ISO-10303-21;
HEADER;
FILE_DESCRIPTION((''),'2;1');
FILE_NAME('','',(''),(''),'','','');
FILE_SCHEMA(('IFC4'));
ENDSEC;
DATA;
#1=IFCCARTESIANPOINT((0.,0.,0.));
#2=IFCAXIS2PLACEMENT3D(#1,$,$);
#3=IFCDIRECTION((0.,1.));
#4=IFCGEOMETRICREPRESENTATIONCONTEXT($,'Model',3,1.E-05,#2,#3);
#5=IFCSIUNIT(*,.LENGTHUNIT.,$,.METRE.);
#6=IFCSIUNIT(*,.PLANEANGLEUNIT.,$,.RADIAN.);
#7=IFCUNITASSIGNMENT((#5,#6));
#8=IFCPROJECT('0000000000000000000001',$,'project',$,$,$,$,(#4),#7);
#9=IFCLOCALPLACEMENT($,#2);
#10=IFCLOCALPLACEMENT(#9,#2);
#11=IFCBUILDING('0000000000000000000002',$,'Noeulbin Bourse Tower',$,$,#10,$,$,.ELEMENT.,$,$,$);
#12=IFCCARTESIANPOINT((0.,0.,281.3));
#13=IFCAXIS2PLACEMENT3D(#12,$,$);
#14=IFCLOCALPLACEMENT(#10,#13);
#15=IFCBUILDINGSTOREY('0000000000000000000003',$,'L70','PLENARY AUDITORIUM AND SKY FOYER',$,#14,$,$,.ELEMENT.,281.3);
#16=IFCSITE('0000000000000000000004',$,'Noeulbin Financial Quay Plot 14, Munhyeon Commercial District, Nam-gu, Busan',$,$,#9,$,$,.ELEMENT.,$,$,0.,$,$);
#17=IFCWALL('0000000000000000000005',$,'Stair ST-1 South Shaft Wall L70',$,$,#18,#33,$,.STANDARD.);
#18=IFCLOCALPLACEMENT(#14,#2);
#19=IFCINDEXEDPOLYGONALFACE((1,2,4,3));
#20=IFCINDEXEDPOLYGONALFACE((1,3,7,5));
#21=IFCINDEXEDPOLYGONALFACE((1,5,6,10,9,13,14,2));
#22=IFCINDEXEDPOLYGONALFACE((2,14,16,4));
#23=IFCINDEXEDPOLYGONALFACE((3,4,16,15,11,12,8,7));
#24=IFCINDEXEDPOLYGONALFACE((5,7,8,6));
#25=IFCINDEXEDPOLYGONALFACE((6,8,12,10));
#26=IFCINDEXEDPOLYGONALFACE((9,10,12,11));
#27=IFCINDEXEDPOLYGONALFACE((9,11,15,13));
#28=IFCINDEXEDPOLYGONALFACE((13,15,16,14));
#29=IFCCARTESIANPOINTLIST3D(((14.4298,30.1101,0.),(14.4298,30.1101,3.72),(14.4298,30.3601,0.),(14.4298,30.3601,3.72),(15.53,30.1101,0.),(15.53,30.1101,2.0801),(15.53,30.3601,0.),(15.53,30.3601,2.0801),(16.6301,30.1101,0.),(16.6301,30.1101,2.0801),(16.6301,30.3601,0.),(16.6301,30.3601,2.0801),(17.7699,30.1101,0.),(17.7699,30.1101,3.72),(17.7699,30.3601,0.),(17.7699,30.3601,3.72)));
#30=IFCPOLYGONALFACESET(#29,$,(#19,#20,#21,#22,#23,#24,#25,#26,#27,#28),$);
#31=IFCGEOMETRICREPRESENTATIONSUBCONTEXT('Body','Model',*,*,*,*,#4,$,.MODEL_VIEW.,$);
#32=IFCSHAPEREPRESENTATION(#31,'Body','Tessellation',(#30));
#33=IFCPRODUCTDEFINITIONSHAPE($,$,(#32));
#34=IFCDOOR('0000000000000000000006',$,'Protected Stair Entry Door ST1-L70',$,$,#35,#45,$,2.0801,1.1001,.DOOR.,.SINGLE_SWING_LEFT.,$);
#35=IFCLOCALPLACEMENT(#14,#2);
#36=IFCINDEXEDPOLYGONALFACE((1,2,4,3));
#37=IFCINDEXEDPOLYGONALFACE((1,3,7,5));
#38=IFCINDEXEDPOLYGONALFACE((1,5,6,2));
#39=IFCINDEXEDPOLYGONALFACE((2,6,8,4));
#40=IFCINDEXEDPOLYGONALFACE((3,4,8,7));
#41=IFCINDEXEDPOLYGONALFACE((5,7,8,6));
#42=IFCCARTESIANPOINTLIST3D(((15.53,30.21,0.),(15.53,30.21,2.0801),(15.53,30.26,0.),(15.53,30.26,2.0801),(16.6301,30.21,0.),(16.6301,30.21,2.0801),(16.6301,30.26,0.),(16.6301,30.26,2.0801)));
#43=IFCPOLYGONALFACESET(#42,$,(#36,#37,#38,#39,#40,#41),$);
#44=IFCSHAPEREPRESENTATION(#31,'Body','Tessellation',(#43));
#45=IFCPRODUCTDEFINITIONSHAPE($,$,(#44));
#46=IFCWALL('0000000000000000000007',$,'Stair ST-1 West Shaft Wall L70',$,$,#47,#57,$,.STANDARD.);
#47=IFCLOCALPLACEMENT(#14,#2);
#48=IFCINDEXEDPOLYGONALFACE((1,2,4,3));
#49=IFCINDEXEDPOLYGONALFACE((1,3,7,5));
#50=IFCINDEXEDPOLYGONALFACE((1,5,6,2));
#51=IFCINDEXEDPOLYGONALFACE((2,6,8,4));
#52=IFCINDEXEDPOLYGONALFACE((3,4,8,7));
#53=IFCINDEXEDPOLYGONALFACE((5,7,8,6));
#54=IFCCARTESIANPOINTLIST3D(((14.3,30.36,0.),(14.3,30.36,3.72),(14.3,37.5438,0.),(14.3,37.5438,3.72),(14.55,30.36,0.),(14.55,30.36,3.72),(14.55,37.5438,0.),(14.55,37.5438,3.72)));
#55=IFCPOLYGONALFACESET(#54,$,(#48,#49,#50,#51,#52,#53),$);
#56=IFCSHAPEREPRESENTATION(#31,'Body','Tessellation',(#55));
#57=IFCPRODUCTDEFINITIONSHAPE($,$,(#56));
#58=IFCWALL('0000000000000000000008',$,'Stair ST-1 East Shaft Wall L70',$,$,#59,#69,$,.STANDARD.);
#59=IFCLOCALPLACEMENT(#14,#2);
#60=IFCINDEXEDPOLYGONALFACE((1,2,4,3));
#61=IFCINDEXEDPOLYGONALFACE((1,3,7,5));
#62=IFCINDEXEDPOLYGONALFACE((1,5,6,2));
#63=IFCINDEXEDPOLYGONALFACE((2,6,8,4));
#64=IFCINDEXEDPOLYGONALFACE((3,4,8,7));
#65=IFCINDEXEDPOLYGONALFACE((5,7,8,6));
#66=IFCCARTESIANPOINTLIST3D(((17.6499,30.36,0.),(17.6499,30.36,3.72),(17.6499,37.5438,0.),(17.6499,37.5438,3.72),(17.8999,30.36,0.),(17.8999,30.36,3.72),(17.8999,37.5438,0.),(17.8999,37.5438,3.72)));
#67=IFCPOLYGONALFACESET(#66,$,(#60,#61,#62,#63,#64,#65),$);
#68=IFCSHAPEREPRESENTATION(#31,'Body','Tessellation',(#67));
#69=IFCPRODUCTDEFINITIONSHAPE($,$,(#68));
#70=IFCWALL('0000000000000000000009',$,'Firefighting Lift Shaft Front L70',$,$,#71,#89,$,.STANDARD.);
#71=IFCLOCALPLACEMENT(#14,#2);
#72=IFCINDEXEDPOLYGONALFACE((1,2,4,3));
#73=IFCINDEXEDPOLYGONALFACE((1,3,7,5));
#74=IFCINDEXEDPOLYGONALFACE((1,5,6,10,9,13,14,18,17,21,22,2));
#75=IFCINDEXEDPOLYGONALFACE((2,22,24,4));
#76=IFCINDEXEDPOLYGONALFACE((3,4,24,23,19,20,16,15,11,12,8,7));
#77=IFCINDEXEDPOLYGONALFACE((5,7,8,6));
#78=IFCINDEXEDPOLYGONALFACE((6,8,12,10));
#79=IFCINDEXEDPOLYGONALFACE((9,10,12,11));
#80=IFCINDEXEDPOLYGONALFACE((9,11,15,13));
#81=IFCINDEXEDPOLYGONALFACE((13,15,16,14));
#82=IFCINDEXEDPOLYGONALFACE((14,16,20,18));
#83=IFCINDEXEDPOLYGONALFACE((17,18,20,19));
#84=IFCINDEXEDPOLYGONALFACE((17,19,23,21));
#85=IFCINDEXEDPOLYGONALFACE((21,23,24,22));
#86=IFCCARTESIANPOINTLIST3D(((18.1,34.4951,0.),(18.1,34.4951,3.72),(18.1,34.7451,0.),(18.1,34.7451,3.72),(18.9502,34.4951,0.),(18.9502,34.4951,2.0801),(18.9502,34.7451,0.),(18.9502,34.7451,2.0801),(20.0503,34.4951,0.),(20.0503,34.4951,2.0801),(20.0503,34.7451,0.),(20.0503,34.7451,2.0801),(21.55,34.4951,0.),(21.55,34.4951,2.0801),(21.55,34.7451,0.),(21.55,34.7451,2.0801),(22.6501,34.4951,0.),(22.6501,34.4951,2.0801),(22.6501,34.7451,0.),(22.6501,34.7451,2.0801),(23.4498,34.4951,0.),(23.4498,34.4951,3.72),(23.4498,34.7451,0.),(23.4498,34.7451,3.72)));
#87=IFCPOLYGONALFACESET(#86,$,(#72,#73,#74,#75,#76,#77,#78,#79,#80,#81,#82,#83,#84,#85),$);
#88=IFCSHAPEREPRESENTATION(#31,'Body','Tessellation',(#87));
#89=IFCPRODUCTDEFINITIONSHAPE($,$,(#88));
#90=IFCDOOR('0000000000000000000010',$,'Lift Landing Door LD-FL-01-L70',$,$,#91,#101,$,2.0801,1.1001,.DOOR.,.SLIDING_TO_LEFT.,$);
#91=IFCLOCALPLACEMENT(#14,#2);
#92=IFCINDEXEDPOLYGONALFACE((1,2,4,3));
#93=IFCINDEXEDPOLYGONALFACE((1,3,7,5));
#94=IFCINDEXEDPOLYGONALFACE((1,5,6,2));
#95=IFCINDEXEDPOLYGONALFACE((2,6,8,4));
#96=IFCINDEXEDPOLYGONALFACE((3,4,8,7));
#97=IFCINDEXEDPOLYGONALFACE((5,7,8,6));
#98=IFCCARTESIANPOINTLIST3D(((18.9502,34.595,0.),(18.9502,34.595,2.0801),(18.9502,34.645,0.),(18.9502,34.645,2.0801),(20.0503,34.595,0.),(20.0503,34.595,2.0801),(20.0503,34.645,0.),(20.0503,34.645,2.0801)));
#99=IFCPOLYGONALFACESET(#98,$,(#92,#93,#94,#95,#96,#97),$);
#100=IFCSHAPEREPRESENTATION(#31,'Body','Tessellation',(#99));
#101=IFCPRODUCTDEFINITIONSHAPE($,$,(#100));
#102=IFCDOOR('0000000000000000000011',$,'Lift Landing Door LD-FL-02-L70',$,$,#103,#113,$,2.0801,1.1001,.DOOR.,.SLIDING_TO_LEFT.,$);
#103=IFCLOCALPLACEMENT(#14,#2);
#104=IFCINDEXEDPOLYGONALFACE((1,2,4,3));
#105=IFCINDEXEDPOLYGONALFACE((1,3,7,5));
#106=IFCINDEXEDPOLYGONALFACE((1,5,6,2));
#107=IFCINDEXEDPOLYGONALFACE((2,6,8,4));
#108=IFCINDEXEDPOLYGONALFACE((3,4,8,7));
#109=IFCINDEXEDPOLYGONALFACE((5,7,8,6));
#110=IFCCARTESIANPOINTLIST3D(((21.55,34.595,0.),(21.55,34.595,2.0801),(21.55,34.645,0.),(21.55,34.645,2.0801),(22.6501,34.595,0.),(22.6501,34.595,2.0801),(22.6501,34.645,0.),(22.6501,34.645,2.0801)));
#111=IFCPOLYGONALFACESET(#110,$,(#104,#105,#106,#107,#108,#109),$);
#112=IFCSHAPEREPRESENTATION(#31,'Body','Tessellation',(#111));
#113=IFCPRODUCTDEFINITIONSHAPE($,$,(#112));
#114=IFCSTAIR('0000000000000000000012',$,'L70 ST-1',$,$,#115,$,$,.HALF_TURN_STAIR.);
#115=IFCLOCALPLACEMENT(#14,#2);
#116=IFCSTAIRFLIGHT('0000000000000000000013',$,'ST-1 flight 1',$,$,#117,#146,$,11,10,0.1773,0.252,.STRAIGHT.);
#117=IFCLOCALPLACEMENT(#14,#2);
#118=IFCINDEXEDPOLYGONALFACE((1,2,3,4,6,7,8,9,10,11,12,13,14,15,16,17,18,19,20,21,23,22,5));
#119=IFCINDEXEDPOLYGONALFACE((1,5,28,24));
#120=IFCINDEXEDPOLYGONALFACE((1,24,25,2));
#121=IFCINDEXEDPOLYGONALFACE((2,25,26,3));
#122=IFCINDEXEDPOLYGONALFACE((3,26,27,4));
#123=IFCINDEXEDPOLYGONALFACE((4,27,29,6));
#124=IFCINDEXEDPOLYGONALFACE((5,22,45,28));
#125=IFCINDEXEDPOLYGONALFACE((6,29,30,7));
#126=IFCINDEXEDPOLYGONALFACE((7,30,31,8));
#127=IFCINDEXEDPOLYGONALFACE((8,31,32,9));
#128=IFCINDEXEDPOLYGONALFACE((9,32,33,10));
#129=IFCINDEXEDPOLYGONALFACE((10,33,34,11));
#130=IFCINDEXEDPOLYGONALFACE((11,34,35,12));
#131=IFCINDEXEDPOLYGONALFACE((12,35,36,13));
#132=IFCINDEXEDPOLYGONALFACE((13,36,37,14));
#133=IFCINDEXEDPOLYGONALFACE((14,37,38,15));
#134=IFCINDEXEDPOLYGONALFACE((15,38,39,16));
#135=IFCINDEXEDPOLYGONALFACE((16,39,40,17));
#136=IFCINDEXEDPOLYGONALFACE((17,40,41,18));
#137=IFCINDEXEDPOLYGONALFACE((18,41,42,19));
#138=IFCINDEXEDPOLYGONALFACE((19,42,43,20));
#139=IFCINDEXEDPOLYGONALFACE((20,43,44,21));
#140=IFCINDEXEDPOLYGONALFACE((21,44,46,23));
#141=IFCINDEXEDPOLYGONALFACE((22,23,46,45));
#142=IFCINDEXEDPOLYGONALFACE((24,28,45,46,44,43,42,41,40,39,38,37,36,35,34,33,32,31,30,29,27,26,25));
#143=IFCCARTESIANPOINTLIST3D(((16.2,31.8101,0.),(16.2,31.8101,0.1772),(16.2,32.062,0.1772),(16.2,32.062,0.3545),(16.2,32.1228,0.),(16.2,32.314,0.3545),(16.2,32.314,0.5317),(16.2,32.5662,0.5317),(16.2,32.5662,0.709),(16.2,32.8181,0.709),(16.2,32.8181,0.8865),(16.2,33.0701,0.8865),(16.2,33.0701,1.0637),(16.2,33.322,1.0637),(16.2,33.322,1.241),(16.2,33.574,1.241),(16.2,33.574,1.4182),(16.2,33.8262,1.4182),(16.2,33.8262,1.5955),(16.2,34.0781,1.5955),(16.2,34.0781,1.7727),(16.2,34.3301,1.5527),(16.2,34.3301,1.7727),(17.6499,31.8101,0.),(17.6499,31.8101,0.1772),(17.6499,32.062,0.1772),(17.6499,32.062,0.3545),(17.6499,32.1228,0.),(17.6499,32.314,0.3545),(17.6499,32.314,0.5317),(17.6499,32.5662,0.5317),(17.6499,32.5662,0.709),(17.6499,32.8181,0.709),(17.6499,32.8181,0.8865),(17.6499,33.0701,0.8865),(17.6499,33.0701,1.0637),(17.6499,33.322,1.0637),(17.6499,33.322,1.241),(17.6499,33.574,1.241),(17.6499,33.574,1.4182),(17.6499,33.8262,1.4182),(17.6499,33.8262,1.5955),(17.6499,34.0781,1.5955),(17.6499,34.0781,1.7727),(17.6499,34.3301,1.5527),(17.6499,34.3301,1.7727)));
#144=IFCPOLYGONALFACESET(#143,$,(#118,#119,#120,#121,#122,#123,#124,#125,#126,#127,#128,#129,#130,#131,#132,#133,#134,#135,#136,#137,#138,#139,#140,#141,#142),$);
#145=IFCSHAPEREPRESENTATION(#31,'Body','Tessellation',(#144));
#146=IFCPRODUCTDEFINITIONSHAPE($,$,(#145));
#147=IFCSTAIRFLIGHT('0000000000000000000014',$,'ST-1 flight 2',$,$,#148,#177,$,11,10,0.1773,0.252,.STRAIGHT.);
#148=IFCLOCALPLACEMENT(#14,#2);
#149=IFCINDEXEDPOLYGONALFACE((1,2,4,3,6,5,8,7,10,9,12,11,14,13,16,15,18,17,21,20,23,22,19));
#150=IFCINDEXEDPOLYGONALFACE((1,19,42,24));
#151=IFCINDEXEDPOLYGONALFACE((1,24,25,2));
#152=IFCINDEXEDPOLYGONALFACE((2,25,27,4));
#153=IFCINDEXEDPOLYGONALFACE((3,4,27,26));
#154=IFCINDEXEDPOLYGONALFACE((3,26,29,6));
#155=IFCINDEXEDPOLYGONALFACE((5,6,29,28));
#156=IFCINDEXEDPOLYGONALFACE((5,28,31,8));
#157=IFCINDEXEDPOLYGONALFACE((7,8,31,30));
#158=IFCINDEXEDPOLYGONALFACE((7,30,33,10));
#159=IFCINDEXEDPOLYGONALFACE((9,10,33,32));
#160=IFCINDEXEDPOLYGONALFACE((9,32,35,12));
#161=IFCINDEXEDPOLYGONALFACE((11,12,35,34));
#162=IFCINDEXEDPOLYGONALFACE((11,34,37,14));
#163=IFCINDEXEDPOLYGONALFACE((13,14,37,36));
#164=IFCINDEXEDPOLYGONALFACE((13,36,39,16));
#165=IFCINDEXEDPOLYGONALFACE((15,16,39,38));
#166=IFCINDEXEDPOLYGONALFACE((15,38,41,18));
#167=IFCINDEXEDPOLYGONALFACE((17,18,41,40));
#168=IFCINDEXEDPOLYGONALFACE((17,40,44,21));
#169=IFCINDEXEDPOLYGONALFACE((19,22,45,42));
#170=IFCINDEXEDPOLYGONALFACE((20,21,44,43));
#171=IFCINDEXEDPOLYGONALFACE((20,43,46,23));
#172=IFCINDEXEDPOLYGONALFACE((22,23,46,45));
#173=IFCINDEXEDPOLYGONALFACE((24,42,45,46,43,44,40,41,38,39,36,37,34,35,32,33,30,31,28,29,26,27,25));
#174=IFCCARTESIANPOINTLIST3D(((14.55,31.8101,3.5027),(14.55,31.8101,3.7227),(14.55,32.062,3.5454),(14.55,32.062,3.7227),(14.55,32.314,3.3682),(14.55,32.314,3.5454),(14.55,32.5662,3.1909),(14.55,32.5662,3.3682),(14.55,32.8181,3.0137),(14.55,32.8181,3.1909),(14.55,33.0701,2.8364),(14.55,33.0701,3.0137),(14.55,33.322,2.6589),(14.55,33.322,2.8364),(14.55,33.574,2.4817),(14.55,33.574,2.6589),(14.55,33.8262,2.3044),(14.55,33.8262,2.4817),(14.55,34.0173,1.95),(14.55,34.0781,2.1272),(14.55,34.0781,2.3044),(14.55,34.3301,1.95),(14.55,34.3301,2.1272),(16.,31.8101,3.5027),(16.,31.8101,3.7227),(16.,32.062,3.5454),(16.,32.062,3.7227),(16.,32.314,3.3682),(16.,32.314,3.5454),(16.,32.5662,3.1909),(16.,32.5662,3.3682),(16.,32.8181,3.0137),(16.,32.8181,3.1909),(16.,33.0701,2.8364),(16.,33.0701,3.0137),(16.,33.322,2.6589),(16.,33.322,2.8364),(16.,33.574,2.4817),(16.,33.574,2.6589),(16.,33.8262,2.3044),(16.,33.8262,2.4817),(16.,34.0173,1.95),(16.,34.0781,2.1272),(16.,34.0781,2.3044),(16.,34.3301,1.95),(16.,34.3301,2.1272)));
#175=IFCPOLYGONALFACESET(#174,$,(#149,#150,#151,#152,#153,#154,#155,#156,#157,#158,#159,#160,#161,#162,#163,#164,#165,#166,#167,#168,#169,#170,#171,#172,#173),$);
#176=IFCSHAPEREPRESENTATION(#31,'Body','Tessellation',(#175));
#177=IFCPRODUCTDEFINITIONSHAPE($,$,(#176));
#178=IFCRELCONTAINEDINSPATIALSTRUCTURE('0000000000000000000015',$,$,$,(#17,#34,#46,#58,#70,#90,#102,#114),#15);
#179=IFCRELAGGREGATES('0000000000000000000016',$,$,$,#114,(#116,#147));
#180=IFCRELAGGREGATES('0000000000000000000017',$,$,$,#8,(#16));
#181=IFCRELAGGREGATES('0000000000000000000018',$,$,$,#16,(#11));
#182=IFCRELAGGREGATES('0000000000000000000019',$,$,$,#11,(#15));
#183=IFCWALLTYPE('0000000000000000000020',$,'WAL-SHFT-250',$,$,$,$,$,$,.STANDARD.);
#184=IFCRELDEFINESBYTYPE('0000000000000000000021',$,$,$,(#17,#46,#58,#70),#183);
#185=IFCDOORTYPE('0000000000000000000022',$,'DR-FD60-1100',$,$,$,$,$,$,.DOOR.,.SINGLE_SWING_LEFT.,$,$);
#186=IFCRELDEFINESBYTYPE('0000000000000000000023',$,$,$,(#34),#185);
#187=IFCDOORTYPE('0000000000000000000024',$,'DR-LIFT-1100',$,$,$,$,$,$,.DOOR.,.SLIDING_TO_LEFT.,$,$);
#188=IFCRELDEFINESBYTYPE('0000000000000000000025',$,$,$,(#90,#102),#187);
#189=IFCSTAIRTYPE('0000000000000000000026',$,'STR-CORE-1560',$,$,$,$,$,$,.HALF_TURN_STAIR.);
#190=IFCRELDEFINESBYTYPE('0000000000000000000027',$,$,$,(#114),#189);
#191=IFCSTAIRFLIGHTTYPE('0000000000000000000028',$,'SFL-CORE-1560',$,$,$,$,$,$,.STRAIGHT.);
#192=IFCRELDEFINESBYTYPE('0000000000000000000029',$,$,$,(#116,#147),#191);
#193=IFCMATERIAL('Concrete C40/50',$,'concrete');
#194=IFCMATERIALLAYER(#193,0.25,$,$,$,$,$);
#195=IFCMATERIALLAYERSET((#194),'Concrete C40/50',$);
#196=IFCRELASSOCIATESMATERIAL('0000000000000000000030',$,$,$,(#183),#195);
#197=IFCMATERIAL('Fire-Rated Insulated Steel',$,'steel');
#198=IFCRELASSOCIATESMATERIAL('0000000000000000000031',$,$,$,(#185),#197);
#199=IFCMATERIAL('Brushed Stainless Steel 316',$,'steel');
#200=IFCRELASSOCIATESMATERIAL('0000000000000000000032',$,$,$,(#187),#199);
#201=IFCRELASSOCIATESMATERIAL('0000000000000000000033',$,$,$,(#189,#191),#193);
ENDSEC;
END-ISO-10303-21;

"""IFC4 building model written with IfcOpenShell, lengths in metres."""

from ifc_helpers import new_model, si_unit, direction, frame, frame_2d, origin, place, context, subcontext, project, spatial, polyline, rectangle, outline, extrude, material, layer, layer_set, type_object, element, fill, aggregate, save


model = new_model("IFC4")

# Units and contexts
model_context = context("Model", 3, precision=1e-05, world=origin(), true_north=direction((0.0, 1.0)))
body_context = subcontext(model_context, "Body", "Model", "MODEL_VIEW")
ifc_project = project(units=[si_unit("LENGTHUNIT", "METRE"), si_unit("PLANEANGLEUNIT", "RADIAN")], contexts=[model_context])

# Site, building, storey
site_placement = place(None, origin())
site = spatial("IfcSite", under=ifc_project, at=site_placement, Name="Noeulbin Financial Quay Plot 14, Munhyeon Commercial District, Nam-gu, Busan", CompositionType="ELEMENT", RefElevation=0.0)
building_placement = place(site_placement, origin())
building = spatial("IfcBuilding", under=site, at=building_placement, Name="Noeulbin Bourse Tower", CompositionType="ELEMENT")
storey_placement = place(building_placement, frame((0.0, 0.0, 281.3)))
storey = spatial("IfcBuildingStorey", under=building, at=storey_placement, Name="L70", Description="PLENARY AUDITORIUM AND SKY FOYER", CompositionType="ELEMENT", Elevation=281.3)

# Shared definitions
ifc_material_1 = material(Name="Concrete C40/50", Category="concrete")

# Wall, opening, door
ifc_layer_1 = layer(ifc_material_1, 0.25)
ifc_layer_set_1 = layer_set([ifc_layer_1], Name="Concrete C40/50")
wall_type_1 = type_object("IfcWallType", Name="WAL-SHFT-250", PredefinedType="STANDARD", material=ifc_layer_set_1)
wall_1_placement = place(storey_placement, frame((14.4299, 30.2351, 0.0), z_axis=(0.0, 0.0, 1.0), x_axis=(1.0, 0.0, 0.0)))
wall_1 = element("IfcWall", 1, at=wall_1_placement, inside=storey, type_object=wall_type_1, Name="Stair ST-1 South Shaft Wall L70", PredefinedType="STANDARD", context=body_context, shape_type="SweptSolid", body=[
    extrude(rectangle(XDim=3.3401, YDim=0.25, at=frame_2d((1.6699, 0.0))), origin(), (0.0, 0.0, 1.0), 3.72),
])
opening_1_placement = place(wall_1_placement, frame((1.1001, 0.0, 0.0)))
opening_1 = element("IfcOpeningElement", 2, at=opening_1_placement, cuts=wall_1, PredefinedType="OPENING", context=body_context, shape_type="SweptSolid", body=[
    extrude(rectangle(XDim=1.1001, YDim=2.0801, at=frame_2d((0.55, 1.04))), frame((0.0, 0.135, 0.0), z_axis=(0.0, -1.0, 0.0), x_axis=(1.0, 0.0, 0.0)), (0.0, 0.0, 1.0), 0.27),
])
ifc_material_2 = material(Name="Fire-Rated Insulated Steel", Category="steel")
door_type_1 = type_object("IfcDoorType", Name="DR-FD60-1100", OperationType="SINGLE_SWING_LEFT", PredefinedType="DOOR", material=ifc_material_2)
door_1_placement = place(opening_1_placement, origin())
door_1 = element("IfcDoor", 3, at=door_1_placement, inside=storey, type_object=door_type_1, Name="Protected Stair Entry Door ST1-L70", OperationType="SINGLE_SWING_LEFT", OverallHeight=2.0801, OverallWidth=1.1001, PredefinedType="DOOR", context=body_context, shape_type="SweptSolid", body=[
    extrude(rectangle(XDim=1.1001, YDim=2.0801, at=frame_2d((0.55, 1.04))), frame((0.0, 0.0249, 0.0), z_axis=(0.0, -1.0, 0.0), x_axis=(1.0, 0.0, 0.0)), (0.0, 0.0, 1.0), 0.05),
])
fill(opening_1, door_1)

# Walls
for number, where, z_axis, x_axis, name in (
    (4, (14.425, 30.3601, 0.0), (0.0, 0.0, 1.0), (0.0, 1.0, 0.0), "Stair ST-1 West Shaft Wall L70"),
    (5, (17.7749, 30.3601, 0.0), (0.0, 0.0, 1.0), (0.0, 1.0, 0.0), "Stair ST-1 East Shaft Wall L70"),
):
    element("IfcWall", number, at=place(storey_placement, frame(where, z_axis=z_axis, x_axis=x_axis)), inside=storey, type_object=wall_type_1, Name=name, PredefinedType="STANDARD", context=body_context, shape_type="SweptSolid", body=[
        extrude(rectangle(XDim=7.1838, YDim=0.25, at=frame_2d((3.5918, 0.0))), origin(), (0.0, 0.0, 1.0), 3.72),
    ])

# Wall, openings, doors
wall_2_placement = place(storey_placement, frame((18.1001, 34.6201, 0.0), z_axis=(0.0, 0.0, 1.0), x_axis=(1.0, 0.0, 0.0)))
wall_2 = element("IfcWall", 6, at=wall_2_placement, inside=storey, type_object=wall_type_1, Name="Firefighting Lift Shaft Front L70", PredefinedType="STANDARD", context=body_context, shape_type="SweptSolid", body=[
    extrude(rectangle(XDim=5.3499, YDim=0.25, at=frame_2d((2.6748, 0.0))), origin(), (0.0, 0.0, 1.0), 3.72),
])
opening_2_placement = place(wall_2_placement, frame((0.8501, 0.0, 0.0)))
opening_2 = element("IfcOpeningElement", 7, at=opening_2_placement, cuts=wall_2, PredefinedType="OPENING", context=body_context, shape_type="SweptSolid", body=[
    extrude(rectangle(XDim=1.1001, YDim=2.0801, at=frame_2d((0.55, 1.04))), frame((0.0, 0.135, 0.0), z_axis=(0.0, -1.0, 0.0), x_axis=(1.0, 0.0, 0.0)), (0.0, 0.0, 1.0), 0.27),
])
opening_3_placement = place(wall_2_placement, frame((3.45, 0.0, 0.0)))
opening_3 = element("IfcOpeningElement", 8, at=opening_3_placement, cuts=wall_2, PredefinedType="OPENING", context=body_context, shape_type="SweptSolid", body=[
    extrude(rectangle(XDim=1.1001, YDim=2.0801, at=frame_2d((0.55, 1.04))), frame((0.0, 0.135, 0.0), z_axis=(0.0, -1.0, 0.0), x_axis=(1.0, 0.0, 0.0)), (0.0, 0.0, 1.0), 0.27),
])
ifc_material_3 = material(Name="Brushed Stainless Steel 316", Category="steel")
door_type_2 = type_object("IfcDoorType", Name="DR-LIFT-1100", OperationType="SLIDING_TO_LEFT", PredefinedType="DOOR", material=ifc_material_3)
door_2_placement = place(opening_2_placement, origin())
door_2 = element("IfcDoor", 9, at=door_2_placement, inside=storey, type_object=door_type_2, Name="Lift Landing Door LD-FL-01-L70", OperationType="SLIDING_TO_LEFT", OverallHeight=2.0801, OverallWidth=1.1001, PredefinedType="DOOR", context=body_context, shape_type="SweptSolid", body=[
    extrude(rectangle(XDim=1.1001, YDim=2.0801, at=frame_2d((0.55, 1.04))), frame((0.0, 0.0249, 0.0), z_axis=(0.0, -1.0, 0.0), x_axis=(1.0, 0.0, 0.0)), (0.0, 0.0, 1.0), 0.05),
])
fill(opening_2, door_2)
door_3_placement = place(opening_3_placement, origin())
door_3 = element("IfcDoor", 10, at=door_3_placement, inside=storey, type_object=door_type_2, Name="Lift Landing Door LD-FL-02-L70", OperationType="SLIDING_TO_LEFT", OverallHeight=2.0801, OverallWidth=1.1001, PredefinedType="DOOR", context=body_context, shape_type="SweptSolid", body=[
    extrude(rectangle(XDim=1.1001, YDim=2.0801, at=frame_2d((0.55, 1.04))), frame((0.0, 0.0249, 0.0), z_axis=(0.0, -1.0, 0.0), x_axis=(1.0, 0.0, 0.0)), (0.0, 0.0, 1.0), 0.05),
])
fill(opening_3, door_3)

# Stair, stair flights
stair_type = type_object("IfcStairType", Name="STR-CORE-1560", PredefinedType="HALF_TURN_STAIR", material=ifc_material_1)
stair_placement = place(storey_placement, origin())
stair = element("IfcStair", 11, at=stair_placement, inside=storey, type_object=stair_type, Name="L70 ST-1", PredefinedType="HALF_TURN_STAIR")
stair_flight_type = type_object("IfcStairFlightType", Name="SFL-CORE-1560", PredefinedType="STRAIGHT", material=ifc_material_1)
stair_flight_1_placement = place(storey_placement, frame((16.925, 31.8101, 0.0), z_axis=(0.0, 0.0, 1.0), x_axis=(0.0, 1.0, 0.0)))
stair_flight_1 = element("IfcStairFlight", 12, at=stair_flight_1_placement, type_object=stair_flight_type, Name="ST-1 flight 1", NumberOfRisers=11, NumberOfTreads=10, PredefinedType="STRAIGHT", RiserHeight=0.1773, TreadLength=0.252, context=body_context, shape_type="SweptSolid", body=[
    extrude(outline(polyline([(0.0, 0.0), (0.0, 0.1772), (0.252, 0.1772), (0.252, 0.3545), (0.5039, 0.3545), (0.5039, 0.5317), (0.7561, 0.5317), (0.7561, 0.709), (1.0081, 0.709), (1.0081, 0.8865), (1.26, 0.8865), (1.26, 1.0637), (1.512, 1.0637), (1.512, 1.241), (1.7639, 1.241), (1.7639, 1.4182), (2.0161, 1.4182), (2.0161, 1.5955), (2.2681, 1.5955), (2.2681, 1.7727), (2.52, 1.7727), (2.52, 1.95), (2.52, 1.5527), (0.3127, 0.0), (0.0, 0.0)])), frame((0.0, 0.7251, 0.0), z_axis=(0.0, -1.0, 0.0), x_axis=(1.0, 0.0, 0.0)), (0.0, 0.0, 1.0), 1.45),
])
stair_flight_2_placement = place(storey_placement, frame((15.2749, 34.3301, 1.95), z_axis=(0.0, 0.0, 1.0), x_axis=(0.0, -1.0, 0.0)))
stair_flight_2 = element("IfcStairFlight", 13, at=stair_flight_2_placement, type_object=stair_flight_type, Name="ST-1 flight 2", NumberOfRisers=11, NumberOfTreads=10, PredefinedType="STRAIGHT", RiserHeight=0.1773, TreadLength=0.252, context=body_context, shape_type="SweptSolid", body=[
    extrude(outline(polyline([(0.0, 0.0), (0.0, 0.1772), (0.252, 0.1772), (0.252, 0.3545), (0.5039, 0.3545), (0.5039, 0.5317), (0.7561, 0.5317), (0.7561, 0.709), (1.0081, 0.709), (1.0081, 0.8865), (1.26, 0.8865), (1.26, 1.0637), (1.512, 1.0637), (1.512, 1.241), (1.7639, 1.241), (1.7639, 1.4182), (2.0161, 1.4182), (2.0161, 1.5955), (2.2681, 1.5955), (2.2681, 1.7727), (2.52, 1.7727), (2.52, 1.95), (2.52, 1.5527), (0.3127, 0.0), (0.0, 0.0)])), frame((0.0, 0.7251, 0.0), z_axis=(0.0, -1.0, 0.0), x_axis=(1.0, 0.0, 0.0)), (0.0, 0.0, 1.0), 1.45),
])
aggregate(stair, [stair_flight_1, stair_flight_2])

save(model, "model.ifc")
